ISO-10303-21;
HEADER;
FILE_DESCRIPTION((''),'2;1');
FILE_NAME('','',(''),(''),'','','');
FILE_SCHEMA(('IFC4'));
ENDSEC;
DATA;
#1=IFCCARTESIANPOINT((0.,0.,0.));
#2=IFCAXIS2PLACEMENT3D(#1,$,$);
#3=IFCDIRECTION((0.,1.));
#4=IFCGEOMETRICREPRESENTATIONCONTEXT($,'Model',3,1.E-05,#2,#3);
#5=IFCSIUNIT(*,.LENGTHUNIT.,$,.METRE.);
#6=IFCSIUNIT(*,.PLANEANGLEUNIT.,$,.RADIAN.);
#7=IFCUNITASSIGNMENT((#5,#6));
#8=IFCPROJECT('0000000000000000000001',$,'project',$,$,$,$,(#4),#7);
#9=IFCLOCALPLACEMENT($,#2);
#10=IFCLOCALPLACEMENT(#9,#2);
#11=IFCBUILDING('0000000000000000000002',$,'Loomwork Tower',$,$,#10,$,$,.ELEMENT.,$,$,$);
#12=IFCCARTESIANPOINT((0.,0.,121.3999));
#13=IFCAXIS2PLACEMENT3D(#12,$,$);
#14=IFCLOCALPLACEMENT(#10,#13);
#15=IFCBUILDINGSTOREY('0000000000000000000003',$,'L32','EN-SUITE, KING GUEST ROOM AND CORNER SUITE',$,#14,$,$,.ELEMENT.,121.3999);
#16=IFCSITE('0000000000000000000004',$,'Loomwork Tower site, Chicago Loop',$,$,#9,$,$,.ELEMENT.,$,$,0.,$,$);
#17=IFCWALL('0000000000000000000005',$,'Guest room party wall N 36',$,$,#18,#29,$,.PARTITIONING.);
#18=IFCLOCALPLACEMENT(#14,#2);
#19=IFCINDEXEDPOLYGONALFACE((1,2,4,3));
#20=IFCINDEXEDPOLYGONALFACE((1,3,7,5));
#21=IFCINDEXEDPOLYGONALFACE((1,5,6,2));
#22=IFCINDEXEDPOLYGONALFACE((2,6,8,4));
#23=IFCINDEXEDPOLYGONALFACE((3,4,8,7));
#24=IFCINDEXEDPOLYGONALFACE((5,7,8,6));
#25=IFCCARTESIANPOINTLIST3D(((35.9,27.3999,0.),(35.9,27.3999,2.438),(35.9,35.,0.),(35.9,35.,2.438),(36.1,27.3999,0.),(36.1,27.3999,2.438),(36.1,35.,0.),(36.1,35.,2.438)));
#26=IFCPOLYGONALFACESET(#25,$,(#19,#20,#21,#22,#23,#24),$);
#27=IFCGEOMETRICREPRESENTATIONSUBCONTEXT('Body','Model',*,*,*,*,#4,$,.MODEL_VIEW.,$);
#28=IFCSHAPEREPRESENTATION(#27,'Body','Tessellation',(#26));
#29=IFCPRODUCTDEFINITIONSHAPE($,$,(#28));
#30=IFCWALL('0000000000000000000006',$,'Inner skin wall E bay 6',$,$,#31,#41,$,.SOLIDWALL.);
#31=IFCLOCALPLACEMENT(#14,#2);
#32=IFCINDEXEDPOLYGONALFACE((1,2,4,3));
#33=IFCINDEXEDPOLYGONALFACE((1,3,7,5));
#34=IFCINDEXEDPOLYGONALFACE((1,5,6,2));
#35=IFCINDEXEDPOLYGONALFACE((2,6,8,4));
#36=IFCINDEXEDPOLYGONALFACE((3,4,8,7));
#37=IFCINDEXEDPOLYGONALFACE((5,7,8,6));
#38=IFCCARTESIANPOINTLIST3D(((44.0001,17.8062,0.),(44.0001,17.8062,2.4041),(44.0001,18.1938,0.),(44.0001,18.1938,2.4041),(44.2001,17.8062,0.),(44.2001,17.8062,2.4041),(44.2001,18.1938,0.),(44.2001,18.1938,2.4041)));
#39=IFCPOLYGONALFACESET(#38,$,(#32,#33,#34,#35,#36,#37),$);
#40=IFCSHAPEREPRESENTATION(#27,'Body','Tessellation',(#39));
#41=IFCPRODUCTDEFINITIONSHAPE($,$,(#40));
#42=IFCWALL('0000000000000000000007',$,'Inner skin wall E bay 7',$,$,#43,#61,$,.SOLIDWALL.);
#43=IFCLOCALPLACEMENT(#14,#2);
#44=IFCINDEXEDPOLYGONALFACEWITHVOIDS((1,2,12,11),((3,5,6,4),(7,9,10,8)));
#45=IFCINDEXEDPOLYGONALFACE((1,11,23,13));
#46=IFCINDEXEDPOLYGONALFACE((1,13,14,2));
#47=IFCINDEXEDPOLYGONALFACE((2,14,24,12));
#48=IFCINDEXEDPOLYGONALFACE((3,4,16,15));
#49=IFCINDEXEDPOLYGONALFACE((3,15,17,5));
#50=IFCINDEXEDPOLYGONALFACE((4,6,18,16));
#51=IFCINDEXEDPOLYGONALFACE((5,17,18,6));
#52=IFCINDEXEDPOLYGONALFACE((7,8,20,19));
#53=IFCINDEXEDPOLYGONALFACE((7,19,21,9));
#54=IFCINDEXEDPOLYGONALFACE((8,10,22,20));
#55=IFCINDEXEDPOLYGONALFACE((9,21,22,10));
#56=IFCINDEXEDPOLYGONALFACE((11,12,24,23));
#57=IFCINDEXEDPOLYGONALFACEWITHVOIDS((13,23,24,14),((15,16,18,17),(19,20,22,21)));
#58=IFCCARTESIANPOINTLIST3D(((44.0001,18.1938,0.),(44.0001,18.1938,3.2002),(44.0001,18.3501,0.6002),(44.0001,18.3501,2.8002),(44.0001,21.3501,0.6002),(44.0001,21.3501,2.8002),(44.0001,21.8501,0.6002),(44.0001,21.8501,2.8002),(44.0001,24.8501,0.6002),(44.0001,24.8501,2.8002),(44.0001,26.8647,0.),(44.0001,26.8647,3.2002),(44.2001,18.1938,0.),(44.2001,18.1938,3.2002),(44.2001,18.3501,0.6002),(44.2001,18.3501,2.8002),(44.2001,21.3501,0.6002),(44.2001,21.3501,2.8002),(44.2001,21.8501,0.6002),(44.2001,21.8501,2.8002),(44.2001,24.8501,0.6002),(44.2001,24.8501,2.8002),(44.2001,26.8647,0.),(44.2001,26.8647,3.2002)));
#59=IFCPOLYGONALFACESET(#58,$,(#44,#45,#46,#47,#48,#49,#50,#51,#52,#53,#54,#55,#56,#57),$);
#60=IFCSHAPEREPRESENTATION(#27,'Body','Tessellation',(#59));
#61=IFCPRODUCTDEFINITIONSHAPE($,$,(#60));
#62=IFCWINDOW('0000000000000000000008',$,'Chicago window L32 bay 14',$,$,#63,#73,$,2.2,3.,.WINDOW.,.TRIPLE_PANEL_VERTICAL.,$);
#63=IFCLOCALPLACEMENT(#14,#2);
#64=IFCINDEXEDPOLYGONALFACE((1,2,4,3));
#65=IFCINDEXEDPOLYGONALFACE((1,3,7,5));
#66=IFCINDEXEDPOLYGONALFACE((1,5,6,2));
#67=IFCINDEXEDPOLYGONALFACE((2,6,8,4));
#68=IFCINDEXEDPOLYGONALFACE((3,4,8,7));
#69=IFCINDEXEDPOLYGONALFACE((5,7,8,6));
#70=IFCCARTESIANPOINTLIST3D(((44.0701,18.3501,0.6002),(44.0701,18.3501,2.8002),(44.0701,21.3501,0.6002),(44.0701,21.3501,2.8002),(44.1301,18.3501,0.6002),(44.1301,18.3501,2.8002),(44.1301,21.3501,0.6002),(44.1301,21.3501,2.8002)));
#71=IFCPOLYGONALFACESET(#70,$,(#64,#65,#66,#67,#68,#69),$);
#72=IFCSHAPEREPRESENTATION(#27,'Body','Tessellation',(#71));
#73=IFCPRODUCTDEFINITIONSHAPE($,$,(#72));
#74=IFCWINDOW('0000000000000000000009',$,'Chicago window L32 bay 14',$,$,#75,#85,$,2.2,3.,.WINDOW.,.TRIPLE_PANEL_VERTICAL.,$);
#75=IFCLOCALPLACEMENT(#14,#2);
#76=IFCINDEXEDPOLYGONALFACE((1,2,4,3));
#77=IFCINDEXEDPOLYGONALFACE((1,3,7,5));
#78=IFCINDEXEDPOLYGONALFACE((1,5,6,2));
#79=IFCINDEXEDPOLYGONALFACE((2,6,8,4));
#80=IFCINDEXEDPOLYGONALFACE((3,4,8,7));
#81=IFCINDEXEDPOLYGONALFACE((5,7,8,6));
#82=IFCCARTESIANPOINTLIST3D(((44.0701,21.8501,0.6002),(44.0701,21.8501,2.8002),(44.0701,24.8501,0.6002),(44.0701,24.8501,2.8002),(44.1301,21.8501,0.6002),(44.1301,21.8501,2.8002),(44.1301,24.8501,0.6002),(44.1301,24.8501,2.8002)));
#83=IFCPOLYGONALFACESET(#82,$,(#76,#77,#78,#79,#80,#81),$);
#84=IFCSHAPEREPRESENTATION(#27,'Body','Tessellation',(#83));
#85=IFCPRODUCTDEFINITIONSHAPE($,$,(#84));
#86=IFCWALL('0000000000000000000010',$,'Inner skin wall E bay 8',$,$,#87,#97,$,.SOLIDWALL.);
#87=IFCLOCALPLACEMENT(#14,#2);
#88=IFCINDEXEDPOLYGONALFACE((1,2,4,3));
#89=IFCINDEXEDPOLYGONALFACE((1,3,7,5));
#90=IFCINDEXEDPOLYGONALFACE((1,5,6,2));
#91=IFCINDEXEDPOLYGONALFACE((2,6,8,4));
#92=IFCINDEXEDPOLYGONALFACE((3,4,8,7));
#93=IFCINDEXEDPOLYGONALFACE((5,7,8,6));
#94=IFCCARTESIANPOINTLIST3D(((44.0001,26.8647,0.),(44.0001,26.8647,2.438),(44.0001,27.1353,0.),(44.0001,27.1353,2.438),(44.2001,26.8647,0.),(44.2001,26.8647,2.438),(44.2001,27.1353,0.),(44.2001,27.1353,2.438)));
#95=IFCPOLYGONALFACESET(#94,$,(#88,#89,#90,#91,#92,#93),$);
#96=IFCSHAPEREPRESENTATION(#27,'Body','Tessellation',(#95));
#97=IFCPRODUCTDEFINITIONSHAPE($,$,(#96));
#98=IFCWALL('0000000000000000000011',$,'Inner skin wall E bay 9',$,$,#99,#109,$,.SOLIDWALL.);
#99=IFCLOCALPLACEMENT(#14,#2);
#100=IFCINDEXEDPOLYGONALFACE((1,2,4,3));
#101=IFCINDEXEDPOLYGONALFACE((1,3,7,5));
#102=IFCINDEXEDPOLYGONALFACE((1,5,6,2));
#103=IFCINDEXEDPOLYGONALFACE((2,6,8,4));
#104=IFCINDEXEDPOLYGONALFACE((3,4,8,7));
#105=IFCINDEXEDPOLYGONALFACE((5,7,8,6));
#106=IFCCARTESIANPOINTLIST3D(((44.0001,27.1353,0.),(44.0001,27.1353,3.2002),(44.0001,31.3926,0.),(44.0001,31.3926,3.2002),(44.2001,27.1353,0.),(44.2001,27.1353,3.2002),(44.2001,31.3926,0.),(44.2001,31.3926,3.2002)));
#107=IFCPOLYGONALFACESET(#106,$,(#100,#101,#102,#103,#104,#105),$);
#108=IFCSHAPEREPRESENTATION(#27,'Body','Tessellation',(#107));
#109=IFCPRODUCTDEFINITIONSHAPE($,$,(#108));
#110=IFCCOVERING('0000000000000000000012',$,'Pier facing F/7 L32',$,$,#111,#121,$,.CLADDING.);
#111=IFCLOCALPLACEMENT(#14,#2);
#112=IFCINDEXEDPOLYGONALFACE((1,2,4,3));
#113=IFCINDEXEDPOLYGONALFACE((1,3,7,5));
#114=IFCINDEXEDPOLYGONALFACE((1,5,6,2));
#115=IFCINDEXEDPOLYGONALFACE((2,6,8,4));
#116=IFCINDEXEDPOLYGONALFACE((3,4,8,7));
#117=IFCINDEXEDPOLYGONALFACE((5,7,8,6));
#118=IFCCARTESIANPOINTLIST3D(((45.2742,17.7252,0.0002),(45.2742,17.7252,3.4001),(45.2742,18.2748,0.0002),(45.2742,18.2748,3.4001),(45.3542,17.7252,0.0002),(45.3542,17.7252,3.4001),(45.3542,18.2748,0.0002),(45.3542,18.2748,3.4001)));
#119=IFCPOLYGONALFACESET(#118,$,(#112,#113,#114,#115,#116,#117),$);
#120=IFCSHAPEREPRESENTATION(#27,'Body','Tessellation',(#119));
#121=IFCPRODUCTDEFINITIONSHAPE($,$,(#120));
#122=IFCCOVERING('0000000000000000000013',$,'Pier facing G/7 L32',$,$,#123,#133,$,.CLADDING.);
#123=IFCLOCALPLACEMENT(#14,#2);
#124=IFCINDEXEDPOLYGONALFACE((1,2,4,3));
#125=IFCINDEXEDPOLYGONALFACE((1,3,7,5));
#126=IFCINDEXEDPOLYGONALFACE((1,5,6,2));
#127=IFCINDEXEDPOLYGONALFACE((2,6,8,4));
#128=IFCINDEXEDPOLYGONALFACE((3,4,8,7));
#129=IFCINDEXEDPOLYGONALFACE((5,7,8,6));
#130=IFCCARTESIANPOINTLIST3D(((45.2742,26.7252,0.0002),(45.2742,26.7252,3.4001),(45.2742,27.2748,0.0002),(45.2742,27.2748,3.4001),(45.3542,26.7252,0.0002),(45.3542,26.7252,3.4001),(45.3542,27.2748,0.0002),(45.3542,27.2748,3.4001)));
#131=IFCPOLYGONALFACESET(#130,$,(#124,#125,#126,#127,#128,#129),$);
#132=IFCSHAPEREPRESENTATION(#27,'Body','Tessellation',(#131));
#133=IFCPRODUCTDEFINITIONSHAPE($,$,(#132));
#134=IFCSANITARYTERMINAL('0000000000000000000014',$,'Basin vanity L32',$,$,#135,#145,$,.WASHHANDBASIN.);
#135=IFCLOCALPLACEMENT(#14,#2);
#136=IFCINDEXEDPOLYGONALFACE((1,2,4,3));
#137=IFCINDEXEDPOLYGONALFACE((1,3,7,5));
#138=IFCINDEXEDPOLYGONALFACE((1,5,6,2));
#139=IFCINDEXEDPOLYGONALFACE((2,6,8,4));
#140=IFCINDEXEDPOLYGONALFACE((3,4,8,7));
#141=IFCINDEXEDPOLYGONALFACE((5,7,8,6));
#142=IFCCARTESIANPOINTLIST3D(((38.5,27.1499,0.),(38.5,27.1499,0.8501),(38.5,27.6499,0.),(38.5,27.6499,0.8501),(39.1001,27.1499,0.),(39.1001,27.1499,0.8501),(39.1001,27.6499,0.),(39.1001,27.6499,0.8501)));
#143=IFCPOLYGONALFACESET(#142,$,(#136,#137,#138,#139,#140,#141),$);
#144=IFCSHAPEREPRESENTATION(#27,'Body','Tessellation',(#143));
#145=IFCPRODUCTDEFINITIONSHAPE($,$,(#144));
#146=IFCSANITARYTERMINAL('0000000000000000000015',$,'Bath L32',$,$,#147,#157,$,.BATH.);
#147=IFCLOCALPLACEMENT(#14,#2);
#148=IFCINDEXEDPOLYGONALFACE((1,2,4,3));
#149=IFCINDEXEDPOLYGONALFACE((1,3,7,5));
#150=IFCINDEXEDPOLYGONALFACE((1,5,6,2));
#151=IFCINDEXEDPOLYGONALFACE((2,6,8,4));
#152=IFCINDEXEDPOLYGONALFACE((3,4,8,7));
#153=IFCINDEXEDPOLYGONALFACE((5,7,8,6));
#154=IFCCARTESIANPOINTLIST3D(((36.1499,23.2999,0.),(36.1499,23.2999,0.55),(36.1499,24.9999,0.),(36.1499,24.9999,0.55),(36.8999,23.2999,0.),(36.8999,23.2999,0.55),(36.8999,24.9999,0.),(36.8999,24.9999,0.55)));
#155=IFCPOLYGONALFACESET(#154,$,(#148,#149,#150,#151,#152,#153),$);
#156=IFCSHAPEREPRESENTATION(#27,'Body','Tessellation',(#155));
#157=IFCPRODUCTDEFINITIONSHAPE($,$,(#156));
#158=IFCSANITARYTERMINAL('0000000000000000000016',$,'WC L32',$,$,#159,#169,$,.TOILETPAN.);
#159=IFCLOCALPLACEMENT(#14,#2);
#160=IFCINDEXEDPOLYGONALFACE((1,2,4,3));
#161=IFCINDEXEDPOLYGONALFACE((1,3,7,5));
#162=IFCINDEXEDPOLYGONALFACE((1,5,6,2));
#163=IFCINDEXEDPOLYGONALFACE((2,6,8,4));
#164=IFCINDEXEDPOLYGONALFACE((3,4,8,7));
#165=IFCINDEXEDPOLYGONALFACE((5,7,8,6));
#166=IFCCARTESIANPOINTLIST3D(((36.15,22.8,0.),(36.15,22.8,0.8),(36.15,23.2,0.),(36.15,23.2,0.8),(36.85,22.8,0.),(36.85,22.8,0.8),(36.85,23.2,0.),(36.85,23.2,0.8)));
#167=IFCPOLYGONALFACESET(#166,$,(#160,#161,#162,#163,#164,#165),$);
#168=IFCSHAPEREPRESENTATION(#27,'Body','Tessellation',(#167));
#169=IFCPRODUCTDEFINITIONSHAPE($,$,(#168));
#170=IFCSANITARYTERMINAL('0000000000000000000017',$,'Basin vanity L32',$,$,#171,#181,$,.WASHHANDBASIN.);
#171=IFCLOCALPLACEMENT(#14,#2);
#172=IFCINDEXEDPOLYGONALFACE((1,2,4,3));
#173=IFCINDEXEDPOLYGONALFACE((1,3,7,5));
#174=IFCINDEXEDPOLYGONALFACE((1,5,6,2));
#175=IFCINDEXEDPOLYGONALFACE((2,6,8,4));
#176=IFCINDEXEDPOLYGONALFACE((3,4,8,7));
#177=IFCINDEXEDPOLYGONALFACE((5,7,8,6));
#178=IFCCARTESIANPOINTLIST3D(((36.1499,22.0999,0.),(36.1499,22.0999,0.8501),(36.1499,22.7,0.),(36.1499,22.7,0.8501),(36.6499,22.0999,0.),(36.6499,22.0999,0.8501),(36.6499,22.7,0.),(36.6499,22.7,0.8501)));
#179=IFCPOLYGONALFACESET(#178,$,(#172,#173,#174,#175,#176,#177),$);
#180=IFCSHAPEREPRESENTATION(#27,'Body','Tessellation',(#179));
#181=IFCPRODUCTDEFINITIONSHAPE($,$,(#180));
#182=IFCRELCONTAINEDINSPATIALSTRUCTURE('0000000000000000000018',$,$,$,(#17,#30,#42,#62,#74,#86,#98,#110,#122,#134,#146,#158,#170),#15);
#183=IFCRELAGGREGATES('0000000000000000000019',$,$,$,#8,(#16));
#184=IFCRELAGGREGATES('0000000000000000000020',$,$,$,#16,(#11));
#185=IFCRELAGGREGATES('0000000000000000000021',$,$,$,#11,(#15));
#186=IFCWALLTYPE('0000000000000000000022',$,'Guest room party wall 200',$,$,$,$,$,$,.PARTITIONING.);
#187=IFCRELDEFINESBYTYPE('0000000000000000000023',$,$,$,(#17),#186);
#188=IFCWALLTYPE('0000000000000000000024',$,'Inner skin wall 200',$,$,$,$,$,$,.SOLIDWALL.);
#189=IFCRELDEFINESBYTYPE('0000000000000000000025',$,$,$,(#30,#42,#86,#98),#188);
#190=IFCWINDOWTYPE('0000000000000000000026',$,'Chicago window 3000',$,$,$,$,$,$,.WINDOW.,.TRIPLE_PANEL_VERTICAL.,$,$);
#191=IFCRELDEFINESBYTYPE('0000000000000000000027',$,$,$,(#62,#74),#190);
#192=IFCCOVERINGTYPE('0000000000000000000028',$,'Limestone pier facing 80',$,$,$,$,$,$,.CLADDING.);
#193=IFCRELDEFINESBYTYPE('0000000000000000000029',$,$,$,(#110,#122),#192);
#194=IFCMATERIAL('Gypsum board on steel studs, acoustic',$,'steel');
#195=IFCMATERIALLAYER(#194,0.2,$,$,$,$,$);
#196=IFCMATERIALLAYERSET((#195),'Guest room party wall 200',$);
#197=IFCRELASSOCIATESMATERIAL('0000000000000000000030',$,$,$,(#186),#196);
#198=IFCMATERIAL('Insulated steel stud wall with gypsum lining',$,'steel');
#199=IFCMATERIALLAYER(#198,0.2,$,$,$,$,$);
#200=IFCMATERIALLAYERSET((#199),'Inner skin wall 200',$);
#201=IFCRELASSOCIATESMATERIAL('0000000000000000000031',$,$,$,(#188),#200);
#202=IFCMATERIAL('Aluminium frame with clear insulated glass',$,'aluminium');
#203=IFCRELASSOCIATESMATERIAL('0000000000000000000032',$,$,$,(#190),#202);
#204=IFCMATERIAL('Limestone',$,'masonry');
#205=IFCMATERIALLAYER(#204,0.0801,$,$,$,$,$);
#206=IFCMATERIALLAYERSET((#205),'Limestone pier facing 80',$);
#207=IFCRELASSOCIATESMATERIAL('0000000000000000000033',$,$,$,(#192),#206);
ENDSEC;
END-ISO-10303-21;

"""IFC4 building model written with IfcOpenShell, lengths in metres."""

from ifc_helpers import new_model, si_unit, direction, frame, frame_2d, origin, origin_2d, place, context, subcontext, project, spatial, rectangle, extrude, material, layer, layer_set, type_object, element, fill, save


model = new_model("IFC4")

# Units and contexts
model_context = context("Model", 3, precision=1e-05, world=origin(), true_north=direction((0.0, 1.0)))
body_context = subcontext(model_context, "Body", "Model", "MODEL_VIEW")
ifc_project = project(units=[si_unit("LENGTHUNIT", "METRE"), si_unit("PLANEANGLEUNIT", "RADIAN")], contexts=[model_context])

# Site, building, storey
site_placement = place(None, origin())
site = spatial("IfcSite", under=ifc_project, at=site_placement, Name="Loomwork Tower site, Chicago Loop", CompositionType="ELEMENT", RefElevation=0.0)
building_placement = place(site_placement, origin())
building = spatial("IfcBuilding", under=site, at=building_placement, Name="Loomwork Tower", CompositionType="ELEMENT")
storey_placement = place(building_placement, frame((0.0, 0.0, 121.3999)))
storey = spatial("IfcBuildingStorey", under=building, at=storey_placement, Name="L32", Description="EN-SUITE, KING GUEST ROOM AND CORNER SUITE", CompositionType="ELEMENT", Elevation=121.3999)

# Walls
ifc_material_1 = material(Name="Gypsum board on steel studs, acoustic", Category="steel")
ifc_layer_1 = layer(ifc_material_1, 0.2)
ifc_layer_set_1 = layer_set([ifc_layer_1], Name="Guest room party wall 200")
wall_type_1 = type_object("IfcWallType", Name="Guest room party wall 200", PredefinedType="PARTITIONING", material=ifc_layer_set_1)
wall_1_placement = place(storey_placement, frame((36.0, 27.3999, 0.0), z_axis=(0.0, 0.0, 1.0), x_axis=(0.0, 1.0, 0.0)))
element("IfcWall", 1, at=wall_1_placement, inside=storey, type_object=wall_type_1, Name="Guest room party wall N 36", PredefinedType="PARTITIONING", context=body_context, shape_type="SweptSolid", body=[
    extrude(rectangle(XDim=7.6001, YDim=0.2, at=frame_2d((3.8, 0.0))), origin(), (0.0, 0.0, 1.0), 2.438),
])
ifc_material_2 = material(Name="Insulated steel stud wall with gypsum lining", Category="steel")
ifc_layer_2 = layer(ifc_material_2, 0.2)
ifc_layer_set_2 = layer_set([ifc_layer_2], Name="Inner skin wall 200")
wall_type_2 = type_object("IfcWallType", Name="Inner skin wall 200", PredefinedType="SOLIDWALL", material=ifc_layer_set_2)
wall_2_placement = place(storey_placement, frame((44.1001, 17.8062, 0.0), z_axis=(0.0, 0.0, 1.0), x_axis=(0.0, 1.0, 0.0)))
element("IfcWall", 2, at=wall_2_placement, inside=storey, type_object=wall_type_2, Name="Inner skin wall E bay 6", PredefinedType="SOLIDWALL", context=body_context, shape_type="SweptSolid", body=[
    extrude(rectangle(XDim=0.3877, YDim=0.2, at=frame_2d((0.1938, 0.0))), origin(), (0.0, 0.0, 1.0), 2.4041),
])

# Wall, openings, windows
wall_3_placement = place(storey_placement, frame((44.1001, 18.1938, 0.0), z_axis=(0.0, 0.0, 1.0), x_axis=(0.0, 1.0, 0.0)))
wall_3 = element("IfcWall", 3, at=wall_3_placement, inside=storey, type_object=wall_type_2, Name="Inner skin wall E bay 7", PredefinedType="SOLIDWALL", context=body_context, shape_type="SweptSolid", body=[
    extrude(rectangle(XDim=8.6709, YDim=0.2, at=frame_2d((4.3354, 0.0))), origin(), (0.0, 0.0, 1.0), 3.2002),
])
opening_1_placement = place(wall_3_placement, frame((0.1562, 0.0, 0.6001)))
opening_1 = element("IfcOpeningElement", 4, at=opening_1_placement, cuts=wall_3, PredefinedType="OPENING", context=body_context, shape_type="SweptSolid", body=[
    extrude(rectangle(XDim=3.0, YDim=2.2, at=frame_2d((1.5, 1.1001))), frame((0.0, 0.1099, 0.0), z_axis=(0.0, -1.0, 0.0), x_axis=(1.0, 0.0, 0.0)), (0.0, 0.0, 1.0), 0.22),
])
opening_2_placement = place(wall_3_placement, frame((3.6562, 0.0, 0.6001)))
opening_2 = element("IfcOpeningElement", 5, at=opening_2_placement, cuts=wall_3, PredefinedType="OPENING", context=body_context, shape_type="SweptSolid", body=[
    extrude(rectangle(XDim=3.0, YDim=2.2, at=frame_2d((1.5, 1.1001))), frame((0.0, 0.1099, 0.0), z_axis=(0.0, -1.0, 0.0), x_axis=(1.0, 0.0, 0.0)), (0.0, 0.0, 1.0), 0.22),
])
ifc_material_3 = material(Name="Aluminium frame with clear insulated glass", Category="aluminium")
window_type = type_object("IfcWindowType", Name="Chicago window 3000", PartitioningType="TRIPLE_PANEL_VERTICAL", PredefinedType="WINDOW", material=ifc_material_3)
window_1_placement = place(opening_1_placement, origin())
window_1 = element("IfcWindow", 6, at=window_1_placement, inside=storey, type_object=window_type, Name="Chicago window L32 bay 14", OverallHeight=2.2, OverallWidth=3.0, PartitioningType="TRIPLE_PANEL_VERTICAL", PredefinedType="WINDOW", context=body_context, shape_type="SweptSolid", body=[
    extrude(rectangle(XDim=3.0, YDim=2.2, at=frame_2d((1.5, 1.1001))), frame((0.0, 0.03, 0.0), z_axis=(0.0, -1.0, 0.0), x_axis=(1.0, 0.0, 0.0)), (0.0, 0.0, 1.0), 0.0601),
])
fill(opening_1, window_1)
window_2_placement = place(opening_2_placement, origin())
window_2 = element("IfcWindow", 7, at=window_2_placement, inside=storey, type_object=window_type, Name="Chicago window L32 bay 14", OverallHeight=2.2, OverallWidth=3.0, PartitioningType="TRIPLE_PANEL_VERTICAL", PredefinedType="WINDOW", context=body_context, shape_type="SweptSolid", body=[
    extrude(rectangle(XDim=3.0, YDim=2.2, at=frame_2d((1.5, 1.1001))), frame((0.0, 0.03, 0.0), z_axis=(0.0, -1.0, 0.0), x_axis=(1.0, 0.0, 0.0)), (0.0, 0.0, 1.0), 0.0601),
])
fill(opening_2, window_2)

# Walls
wall_4_placement = place(storey_placement, frame((44.1001, 26.8647, 0.0), z_axis=(0.0, 0.0, 1.0), x_axis=(0.0, 1.0, 0.0)))
element("IfcWall", 8, at=wall_4_placement, inside=storey, type_object=wall_type_2, Name="Inner skin wall E bay 8", PredefinedType="SOLIDWALL", context=body_context, shape_type="SweptSolid", body=[
    extrude(rectangle(XDim=0.2705, YDim=0.2, at=frame_2d((0.1353, 0.0))), origin(), (0.0, 0.0, 1.0), 2.438),
])
wall_5_placement = place(storey_placement, frame((44.1001, 27.1353, 0.0), z_axis=(0.0, 0.0, 1.0), x_axis=(0.0, 1.0, 0.0)))
element("IfcWall", 9, at=wall_5_placement, inside=storey, type_object=wall_type_2, Name="Inner skin wall E bay 9", PredefinedType="SOLIDWALL", context=body_context, shape_type="SweptSolid", body=[
    extrude(rectangle(XDim=4.2573, YDim=0.2, at=frame_2d((2.1287, 0.0))), origin(), (0.0, 0.0, 1.0), 3.2002),
])

# Coverings
ifc_material_4 = material(Name="Limestone", Category="masonry")
ifc_layer_3 = layer(ifc_material_4, 0.0801)
ifc_layer_set_3 = layer_set([ifc_layer_3], Name="Limestone pier facing 80")
covering_type = type_object("IfcCoveringType", Name="Limestone pier facing 80", PredefinedType="CLADDING", material=ifc_layer_set_3)
for number, where, z_axis, x_axis, name in (
    (10, (45.3142, 18.0, 0.0002), (0.0, 0.0, 1.0), (1.0, 0.0, 0.0), "Pier facing F/7 L32"),
    (11, (45.3142, 27.0, 0.0002), (0.0, 0.0, 1.0), (1.0, 0.0, 0.0), "Pier facing G/7 L32"),
):
    element("IfcCovering", number, at=place(storey_placement, frame(where, z_axis=z_axis, x_axis=x_axis)), inside=storey, type_object=covering_type, Name=name, PredefinedType="CLADDING", context=body_context, shape_type="SweptSolid", body=[
        extrude(rectangle(XDim=0.0801, YDim=0.5496, at=origin_2d()), origin(), (0.0, 0.0, 1.0), 3.3999),
    ])

# Sanitary terminals
sanitary_terminal_1_placement = place(storey_placement, frame((38.8, 27.3999, 0.0), z_axis=(0.0, 0.0, 1.0), x_axis=(1.0, 0.0, 0.0)))
element("IfcSanitaryTerminal", 12, at=sanitary_terminal_1_placement, inside=storey, Name="Basin vanity L32", PredefinedType="WASHHANDBASIN", context=body_context, shape_type="SweptSolid", body=[
    extrude(rectangle(XDim=0.6001, YDim=0.5, at=origin_2d()), origin(), (0.0, 0.0, 1.0), 0.8501),
])
sanitary_terminal_2_placement = place(storey_placement, frame((36.5249, 24.1499, 0.0), z_axis=(0.0, 0.0, 1.0), x_axis=(1.0, 0.0, 0.0)))
element("IfcSanitaryTerminal", 13, at=sanitary_terminal_2_placement, inside=storey, Name="Bath L32", PredefinedType="BATH", context=body_context, shape_type="SweptSolid", body=[
    extrude(rectangle(XDim=0.75, YDim=1.7, at=origin_2d()), origin(), (0.0, 0.0, 1.0), 0.55),
])
sanitary_terminal_3_placement = place(storey_placement, frame((36.5, 23.0, 0.0), z_axis=(0.0, 0.0, 1.0), x_axis=(1.0, 0.0, 0.0)))
element("IfcSanitaryTerminal", 14, at=sanitary_terminal_3_placement, inside=storey, Name="WC L32", PredefinedType="TOILETPAN", context=body_context, shape_type="SweptSolid", body=[
    extrude(rectangle(XDim=0.7, YDim=0.3999, at=origin_2d()), origin(), (0.0, 0.0, 1.0), 0.8),
])
sanitary_terminal_4_placement = place(storey_placement, frame((36.3999, 22.3999, 0.0), z_axis=(0.0, 0.0, 1.0), x_axis=(1.0, 0.0, 0.0)))
element("IfcSanitaryTerminal", 15, at=sanitary_terminal_4_placement, inside=storey, Name="Basin vanity L32", PredefinedType="WASHHANDBASIN", context=body_context, shape_type="SweptSolid", body=[
    extrude(rectangle(XDim=0.5, YDim=0.6001, at=origin_2d()), origin(), (0.0, 0.0, 1.0), 0.8501),
])

save(model, "model.ifc")
